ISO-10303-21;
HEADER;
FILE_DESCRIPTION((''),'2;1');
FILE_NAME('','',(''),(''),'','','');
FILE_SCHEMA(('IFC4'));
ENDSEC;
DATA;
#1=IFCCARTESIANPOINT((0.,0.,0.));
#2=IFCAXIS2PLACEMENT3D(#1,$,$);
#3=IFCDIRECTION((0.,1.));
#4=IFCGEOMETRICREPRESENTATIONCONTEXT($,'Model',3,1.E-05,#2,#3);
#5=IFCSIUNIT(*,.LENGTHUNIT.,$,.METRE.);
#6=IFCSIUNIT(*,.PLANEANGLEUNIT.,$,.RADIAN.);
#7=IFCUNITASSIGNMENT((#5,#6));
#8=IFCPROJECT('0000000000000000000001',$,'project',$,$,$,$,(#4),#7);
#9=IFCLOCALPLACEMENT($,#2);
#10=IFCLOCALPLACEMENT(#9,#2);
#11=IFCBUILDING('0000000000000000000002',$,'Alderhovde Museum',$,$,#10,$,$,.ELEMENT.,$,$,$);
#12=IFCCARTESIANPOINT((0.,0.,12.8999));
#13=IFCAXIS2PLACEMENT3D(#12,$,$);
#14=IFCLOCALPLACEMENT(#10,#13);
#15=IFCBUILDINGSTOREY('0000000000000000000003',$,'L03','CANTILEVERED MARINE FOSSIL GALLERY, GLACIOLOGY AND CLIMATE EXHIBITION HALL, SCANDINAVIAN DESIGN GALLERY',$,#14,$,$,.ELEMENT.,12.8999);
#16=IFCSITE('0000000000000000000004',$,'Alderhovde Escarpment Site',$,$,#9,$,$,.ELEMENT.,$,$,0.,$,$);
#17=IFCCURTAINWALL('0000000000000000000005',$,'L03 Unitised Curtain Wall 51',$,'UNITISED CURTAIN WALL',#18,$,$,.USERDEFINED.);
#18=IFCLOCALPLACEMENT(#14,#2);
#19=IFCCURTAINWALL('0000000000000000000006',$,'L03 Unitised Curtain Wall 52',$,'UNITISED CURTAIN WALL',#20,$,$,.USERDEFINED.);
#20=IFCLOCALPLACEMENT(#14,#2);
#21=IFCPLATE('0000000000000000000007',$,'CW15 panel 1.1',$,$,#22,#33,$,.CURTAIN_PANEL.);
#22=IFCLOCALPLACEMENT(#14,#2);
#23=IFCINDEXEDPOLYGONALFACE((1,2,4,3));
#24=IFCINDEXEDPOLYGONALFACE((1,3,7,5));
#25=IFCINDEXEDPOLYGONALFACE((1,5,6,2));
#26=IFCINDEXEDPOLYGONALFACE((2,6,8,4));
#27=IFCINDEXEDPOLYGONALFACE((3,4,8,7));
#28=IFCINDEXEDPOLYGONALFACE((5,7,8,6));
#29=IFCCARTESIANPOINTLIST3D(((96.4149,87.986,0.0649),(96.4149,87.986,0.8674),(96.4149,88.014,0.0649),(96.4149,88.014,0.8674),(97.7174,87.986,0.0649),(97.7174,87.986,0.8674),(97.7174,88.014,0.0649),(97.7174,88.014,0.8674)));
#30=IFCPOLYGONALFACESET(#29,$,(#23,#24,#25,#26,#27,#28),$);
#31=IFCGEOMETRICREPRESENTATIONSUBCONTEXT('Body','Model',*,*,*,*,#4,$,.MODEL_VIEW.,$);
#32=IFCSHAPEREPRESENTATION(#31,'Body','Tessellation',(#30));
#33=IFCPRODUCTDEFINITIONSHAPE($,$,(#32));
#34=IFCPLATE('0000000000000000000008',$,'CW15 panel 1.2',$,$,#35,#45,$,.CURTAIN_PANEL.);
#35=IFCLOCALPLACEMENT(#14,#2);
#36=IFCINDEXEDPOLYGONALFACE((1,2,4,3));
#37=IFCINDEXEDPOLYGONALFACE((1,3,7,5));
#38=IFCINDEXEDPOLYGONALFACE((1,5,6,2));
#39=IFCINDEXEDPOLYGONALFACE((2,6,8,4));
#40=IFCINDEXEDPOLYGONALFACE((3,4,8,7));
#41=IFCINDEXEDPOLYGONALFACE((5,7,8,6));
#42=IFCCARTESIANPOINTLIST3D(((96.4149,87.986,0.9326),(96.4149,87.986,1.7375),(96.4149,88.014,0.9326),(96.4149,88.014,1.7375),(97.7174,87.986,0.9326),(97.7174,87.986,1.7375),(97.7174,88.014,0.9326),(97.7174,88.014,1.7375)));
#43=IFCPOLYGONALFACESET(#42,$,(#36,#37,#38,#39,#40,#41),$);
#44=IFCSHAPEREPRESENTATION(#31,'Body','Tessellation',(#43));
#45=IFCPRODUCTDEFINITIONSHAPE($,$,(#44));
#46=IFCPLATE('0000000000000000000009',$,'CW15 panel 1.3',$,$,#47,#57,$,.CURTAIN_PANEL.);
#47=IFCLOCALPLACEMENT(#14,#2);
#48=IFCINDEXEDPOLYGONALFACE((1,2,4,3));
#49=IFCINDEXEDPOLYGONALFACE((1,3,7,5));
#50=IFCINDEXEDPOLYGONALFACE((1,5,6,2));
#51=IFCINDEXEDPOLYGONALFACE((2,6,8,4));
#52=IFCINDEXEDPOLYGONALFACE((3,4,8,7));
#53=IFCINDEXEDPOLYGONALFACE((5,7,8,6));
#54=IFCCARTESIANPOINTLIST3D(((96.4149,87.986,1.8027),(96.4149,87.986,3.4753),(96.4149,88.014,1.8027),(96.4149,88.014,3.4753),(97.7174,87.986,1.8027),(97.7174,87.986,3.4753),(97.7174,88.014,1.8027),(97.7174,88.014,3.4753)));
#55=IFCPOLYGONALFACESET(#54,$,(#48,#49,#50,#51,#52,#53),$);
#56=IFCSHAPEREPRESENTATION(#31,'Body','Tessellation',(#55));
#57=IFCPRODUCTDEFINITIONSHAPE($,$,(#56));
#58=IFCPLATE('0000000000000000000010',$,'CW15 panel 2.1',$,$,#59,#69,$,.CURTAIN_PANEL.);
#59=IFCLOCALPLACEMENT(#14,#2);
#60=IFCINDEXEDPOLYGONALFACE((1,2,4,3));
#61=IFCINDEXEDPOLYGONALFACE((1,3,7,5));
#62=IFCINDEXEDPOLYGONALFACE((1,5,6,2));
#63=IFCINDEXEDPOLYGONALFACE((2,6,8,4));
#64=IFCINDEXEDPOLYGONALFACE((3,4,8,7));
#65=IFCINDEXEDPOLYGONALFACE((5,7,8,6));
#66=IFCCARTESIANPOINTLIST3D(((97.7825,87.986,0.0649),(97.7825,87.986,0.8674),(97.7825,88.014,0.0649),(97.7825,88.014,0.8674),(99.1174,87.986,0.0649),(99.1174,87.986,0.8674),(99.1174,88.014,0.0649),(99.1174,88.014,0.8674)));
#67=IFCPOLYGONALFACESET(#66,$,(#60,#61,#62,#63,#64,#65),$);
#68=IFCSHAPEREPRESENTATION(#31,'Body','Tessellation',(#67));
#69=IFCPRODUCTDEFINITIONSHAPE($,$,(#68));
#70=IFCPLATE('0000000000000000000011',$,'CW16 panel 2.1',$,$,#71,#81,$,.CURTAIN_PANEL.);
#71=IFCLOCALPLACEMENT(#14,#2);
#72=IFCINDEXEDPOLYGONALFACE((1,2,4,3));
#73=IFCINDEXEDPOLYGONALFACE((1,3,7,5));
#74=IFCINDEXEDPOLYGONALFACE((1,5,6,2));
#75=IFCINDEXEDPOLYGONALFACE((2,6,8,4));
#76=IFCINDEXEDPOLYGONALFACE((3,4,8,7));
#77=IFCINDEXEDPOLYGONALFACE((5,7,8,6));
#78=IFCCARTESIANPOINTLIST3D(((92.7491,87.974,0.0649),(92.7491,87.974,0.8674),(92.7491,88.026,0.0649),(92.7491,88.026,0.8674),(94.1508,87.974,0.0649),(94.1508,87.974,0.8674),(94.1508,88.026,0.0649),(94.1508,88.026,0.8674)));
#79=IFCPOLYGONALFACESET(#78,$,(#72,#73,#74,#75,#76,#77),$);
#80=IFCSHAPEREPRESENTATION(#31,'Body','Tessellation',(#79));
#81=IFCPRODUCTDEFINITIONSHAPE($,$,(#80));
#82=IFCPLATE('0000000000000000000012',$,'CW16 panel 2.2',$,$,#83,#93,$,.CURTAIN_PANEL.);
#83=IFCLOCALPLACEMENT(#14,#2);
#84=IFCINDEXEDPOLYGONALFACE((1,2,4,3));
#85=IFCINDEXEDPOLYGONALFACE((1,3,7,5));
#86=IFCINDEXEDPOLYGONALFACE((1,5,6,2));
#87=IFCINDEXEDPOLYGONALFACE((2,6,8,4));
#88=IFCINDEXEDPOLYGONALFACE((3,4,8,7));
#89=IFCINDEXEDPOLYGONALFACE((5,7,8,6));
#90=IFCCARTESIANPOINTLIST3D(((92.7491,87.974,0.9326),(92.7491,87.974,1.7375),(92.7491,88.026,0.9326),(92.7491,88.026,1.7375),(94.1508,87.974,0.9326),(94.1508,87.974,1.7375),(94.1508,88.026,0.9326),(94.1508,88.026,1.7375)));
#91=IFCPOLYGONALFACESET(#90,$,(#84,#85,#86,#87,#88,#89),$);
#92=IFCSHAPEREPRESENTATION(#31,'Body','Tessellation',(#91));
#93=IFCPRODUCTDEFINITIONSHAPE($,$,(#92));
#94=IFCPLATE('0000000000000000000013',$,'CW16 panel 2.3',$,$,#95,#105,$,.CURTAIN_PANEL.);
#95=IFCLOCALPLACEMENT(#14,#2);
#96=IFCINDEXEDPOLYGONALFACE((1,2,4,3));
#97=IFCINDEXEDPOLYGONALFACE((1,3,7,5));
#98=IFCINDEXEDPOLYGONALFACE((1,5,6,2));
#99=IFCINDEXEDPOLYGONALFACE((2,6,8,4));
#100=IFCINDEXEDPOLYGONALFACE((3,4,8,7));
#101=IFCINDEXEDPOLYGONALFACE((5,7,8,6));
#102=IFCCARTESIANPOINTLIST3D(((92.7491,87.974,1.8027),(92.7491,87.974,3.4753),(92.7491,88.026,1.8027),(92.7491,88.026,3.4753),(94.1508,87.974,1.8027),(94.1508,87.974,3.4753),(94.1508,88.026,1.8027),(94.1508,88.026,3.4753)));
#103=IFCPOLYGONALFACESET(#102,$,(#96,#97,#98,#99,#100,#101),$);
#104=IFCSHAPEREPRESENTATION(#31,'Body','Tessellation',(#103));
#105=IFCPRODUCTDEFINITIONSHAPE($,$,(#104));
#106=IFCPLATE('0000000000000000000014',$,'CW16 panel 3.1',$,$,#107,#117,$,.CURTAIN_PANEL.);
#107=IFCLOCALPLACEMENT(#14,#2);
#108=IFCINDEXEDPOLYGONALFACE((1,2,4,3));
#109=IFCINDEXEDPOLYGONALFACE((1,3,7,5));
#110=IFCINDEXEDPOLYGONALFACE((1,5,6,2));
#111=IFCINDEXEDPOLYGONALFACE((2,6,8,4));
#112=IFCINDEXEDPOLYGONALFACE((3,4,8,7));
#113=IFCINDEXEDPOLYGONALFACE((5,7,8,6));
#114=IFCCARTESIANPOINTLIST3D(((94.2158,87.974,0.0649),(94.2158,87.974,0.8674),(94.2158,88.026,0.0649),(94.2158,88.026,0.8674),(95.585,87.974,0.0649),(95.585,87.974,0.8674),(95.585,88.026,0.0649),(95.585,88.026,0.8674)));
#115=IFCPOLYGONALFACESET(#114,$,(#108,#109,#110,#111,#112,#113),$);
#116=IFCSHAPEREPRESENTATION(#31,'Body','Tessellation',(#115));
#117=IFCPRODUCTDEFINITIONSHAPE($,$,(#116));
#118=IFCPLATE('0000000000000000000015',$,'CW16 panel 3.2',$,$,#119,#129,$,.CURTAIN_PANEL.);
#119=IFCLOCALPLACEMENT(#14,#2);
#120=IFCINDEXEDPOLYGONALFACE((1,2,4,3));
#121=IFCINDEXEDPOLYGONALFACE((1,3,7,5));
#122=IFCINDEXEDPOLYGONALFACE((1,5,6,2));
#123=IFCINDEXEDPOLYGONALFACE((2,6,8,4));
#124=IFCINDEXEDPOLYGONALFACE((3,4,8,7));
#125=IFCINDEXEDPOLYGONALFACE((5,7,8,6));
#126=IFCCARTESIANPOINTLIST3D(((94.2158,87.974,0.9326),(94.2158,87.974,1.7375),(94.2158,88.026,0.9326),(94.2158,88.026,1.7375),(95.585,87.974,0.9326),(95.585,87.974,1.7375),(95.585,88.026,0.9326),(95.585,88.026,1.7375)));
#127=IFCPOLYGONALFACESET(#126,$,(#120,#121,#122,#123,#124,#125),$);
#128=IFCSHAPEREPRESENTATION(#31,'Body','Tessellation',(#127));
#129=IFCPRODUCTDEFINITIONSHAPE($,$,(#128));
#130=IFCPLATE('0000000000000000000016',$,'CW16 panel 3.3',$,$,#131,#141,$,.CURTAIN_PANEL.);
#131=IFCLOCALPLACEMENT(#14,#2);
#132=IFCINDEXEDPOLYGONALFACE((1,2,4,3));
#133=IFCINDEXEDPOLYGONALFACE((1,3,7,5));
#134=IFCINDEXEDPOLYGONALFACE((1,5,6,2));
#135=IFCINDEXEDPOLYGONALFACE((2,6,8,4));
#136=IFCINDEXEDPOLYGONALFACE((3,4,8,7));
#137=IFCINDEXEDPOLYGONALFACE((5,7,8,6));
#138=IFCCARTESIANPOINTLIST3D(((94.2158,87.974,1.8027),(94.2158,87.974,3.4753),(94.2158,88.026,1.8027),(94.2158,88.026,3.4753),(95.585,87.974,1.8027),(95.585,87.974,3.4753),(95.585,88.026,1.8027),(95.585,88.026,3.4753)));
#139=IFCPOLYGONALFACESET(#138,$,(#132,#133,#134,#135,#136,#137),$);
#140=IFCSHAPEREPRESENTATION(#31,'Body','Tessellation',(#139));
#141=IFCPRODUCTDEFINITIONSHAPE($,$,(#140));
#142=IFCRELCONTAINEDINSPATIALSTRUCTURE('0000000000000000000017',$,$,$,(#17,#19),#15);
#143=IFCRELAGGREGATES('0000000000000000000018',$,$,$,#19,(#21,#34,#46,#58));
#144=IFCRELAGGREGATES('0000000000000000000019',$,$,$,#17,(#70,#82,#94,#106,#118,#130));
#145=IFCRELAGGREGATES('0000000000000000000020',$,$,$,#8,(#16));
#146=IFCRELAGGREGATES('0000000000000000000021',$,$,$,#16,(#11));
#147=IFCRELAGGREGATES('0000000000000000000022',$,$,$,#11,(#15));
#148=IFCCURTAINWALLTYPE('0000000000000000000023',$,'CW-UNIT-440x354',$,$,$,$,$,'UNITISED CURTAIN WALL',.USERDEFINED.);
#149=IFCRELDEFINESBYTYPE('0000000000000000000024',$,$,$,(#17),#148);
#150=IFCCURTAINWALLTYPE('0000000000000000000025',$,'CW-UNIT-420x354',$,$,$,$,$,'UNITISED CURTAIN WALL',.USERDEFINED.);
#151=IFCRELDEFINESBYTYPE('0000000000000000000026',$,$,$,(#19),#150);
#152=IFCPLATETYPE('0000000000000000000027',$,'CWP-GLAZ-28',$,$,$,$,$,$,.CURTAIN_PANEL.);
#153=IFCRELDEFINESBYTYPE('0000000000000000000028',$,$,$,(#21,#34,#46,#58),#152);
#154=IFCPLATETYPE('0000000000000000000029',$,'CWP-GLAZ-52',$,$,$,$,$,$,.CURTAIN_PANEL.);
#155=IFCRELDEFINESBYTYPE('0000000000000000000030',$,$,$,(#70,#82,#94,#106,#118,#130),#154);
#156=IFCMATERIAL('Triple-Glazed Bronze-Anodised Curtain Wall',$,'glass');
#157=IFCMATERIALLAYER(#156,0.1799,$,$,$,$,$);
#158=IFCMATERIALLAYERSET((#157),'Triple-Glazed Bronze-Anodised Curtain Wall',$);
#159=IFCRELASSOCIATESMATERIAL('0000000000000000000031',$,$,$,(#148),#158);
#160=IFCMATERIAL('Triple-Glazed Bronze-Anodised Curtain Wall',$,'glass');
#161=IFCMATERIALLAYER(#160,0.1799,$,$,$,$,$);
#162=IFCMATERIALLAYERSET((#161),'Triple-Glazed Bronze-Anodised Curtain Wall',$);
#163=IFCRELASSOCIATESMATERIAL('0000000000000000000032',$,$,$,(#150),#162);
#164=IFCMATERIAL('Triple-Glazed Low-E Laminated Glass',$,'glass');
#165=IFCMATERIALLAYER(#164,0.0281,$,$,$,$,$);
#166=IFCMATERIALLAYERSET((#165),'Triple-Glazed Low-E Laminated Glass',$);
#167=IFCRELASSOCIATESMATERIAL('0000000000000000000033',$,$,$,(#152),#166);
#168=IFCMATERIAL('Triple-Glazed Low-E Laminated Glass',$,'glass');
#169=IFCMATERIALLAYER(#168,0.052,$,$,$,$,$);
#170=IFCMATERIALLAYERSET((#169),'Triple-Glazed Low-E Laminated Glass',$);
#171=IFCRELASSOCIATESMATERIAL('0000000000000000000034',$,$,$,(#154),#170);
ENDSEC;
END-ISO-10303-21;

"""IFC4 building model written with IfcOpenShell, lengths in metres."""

from ifc_helpers import new_model, si_unit, direction, frame, origin, origin_2d, place, context, subcontext, project, spatial, rectangle, extrude, material, layer, layer_set, type_object, element, aggregate, save


model = new_model("IFC4")

# Units and contexts
model_context = context("Model", 3, precision=1e-05, world=origin(), true_north=direction((0.0, 1.0)))
body_context = subcontext(model_context, "Body", "Model", "MODEL_VIEW")
ifc_project = project(units=[si_unit("LENGTHUNIT", "METRE"), si_unit("PLANEANGLEUNIT", "RADIAN")], contexts=[model_context])

# Site, building, storey
site_placement = place(None, origin())
site = spatial("IfcSite", under=ifc_project, at=site_placement, Name="Alderhovde Escarpment Site", CompositionType="ELEMENT", RefElevation=0.0)
building_placement = place(site_placement, origin())
building = spatial("IfcBuilding", under=site, at=building_placement, Name="Alderhovde Museum", CompositionType="ELEMENT")
storey_placement = place(building_placement, frame((0.0, 0.0, 12.8999)))
storey = spatial("IfcBuildingStorey", under=building, at=storey_placement, Name="L03", Description="CANTILEVERED MARINE FOSSIL GALLERY, GLACIOLOGY AND CLIMATE EXHIBITION HALL, SCANDINAVIAN DESIGN GALLERY", CompositionType="ELEMENT", Elevation=12.8999)

# Curtain walls
ifc_material_1 = material(Name="Triple-Glazed Bronze-Anodised Curtain Wall", Category="glass")
ifc_layer_1 = layer(ifc_material_1, 0.1799)
ifc_layer_set_1 = layer_set([ifc_layer_1], Name="Triple-Glazed Bronze-Anodised Curtain Wall")
curtain_wall_type_1 = type_object("IfcCurtainWallType", Name="CW-UNIT-440x354", ElementType="UNITISED CURTAIN WALL", PredefinedType="USERDEFINED", material=ifc_layer_set_1)
curtain_wall_1_placement = place(storey_placement, origin())
curtain_wall_1 = element("IfcCurtainWall", 1, at=curtain_wall_1_placement, inside=storey, type_object=curtain_wall_type_1, Name="L03 Unitised Curtain Wall 51", ObjectType="UNITISED CURTAIN WALL", PredefinedType="USERDEFINED")
ifc_material_2 = material(Name="Triple-Glazed Bronze-Anodised Curtain Wall", Category="glass")
ifc_layer_2 = layer(ifc_material_2, 0.1799)
ifc_layer_set_2 = layer_set([ifc_layer_2], Name="Triple-Glazed Bronze-Anodised Curtain Wall")
curtain_wall_type_2 = type_object("IfcCurtainWallType", Name="CW-UNIT-420x354", ElementType="UNITISED CURTAIN WALL", PredefinedType="USERDEFINED", material=ifc_layer_set_2)
curtain_wall_2_placement = place(storey_placement, origin())
curtain_wall_2 = element("IfcCurtainWall", 2, at=curtain_wall_2_placement, inside=storey, type_object=curtain_wall_type_2, Name="L03 Unitised Curtain Wall 52", ObjectType="UNITISED CURTAIN WALL", PredefinedType="USERDEFINED")

# Plates
ifc_material_3 = material(Name="Triple-Glazed Low-E Laminated Glass", Category="glass")
ifc_layer_3 = layer(ifc_material_3, 0.0281)
ifc_layer_set_3 = layer_set([ifc_layer_3], Name="Triple-Glazed Low-E Laminated Glass")
plate_type_1 = type_object("IfcPlateType", Name="CWP-GLAZ-28", PredefinedType="CURTAIN_PANEL", material=ifc_layer_set_3)
plate_1_placement = place(storey_placement, frame((97.0662, 88.0, 0.0649), z_axis=(0.0, 0.0, 1.0), x_axis=(1.0, 0.0, 0.0)))
plate_1 = element("IfcPlate", 3, at=plate_1_placement, type_object=plate_type_1, Name="CW15 panel 1.1", PredefinedType="CURTAIN_PANEL", context=body_context, shape_type="SweptSolid", body=[
    extrude(rectangle(XDim=1.3025, YDim=0.0281, at=origin_2d()), origin(), (0.0, 0.0, 1.0), 0.8025),
])
plate_2_placement = place(storey_placement, frame((97.0662, 88.0, 0.9326), z_axis=(0.0, 0.0, 1.0), x_axis=(1.0, 0.0, 0.0)))
plate_2 = element("IfcPlate", 4, at=plate_2_placement, type_object=plate_type_1, Name="CW15 panel 1.2", PredefinedType="CURTAIN_PANEL", context=body_context, shape_type="SweptSolid", body=[
    extrude(rectangle(XDim=1.3025, YDim=0.0281, at=origin_2d()), origin(), (0.0, 0.0, 1.0), 0.8049),
])
plate_3_placement = place(storey_placement, frame((97.0662, 88.0, 1.8027), z_axis=(0.0, 0.0, 1.0), x_axis=(1.0, 0.0, 0.0)))
plate_3 = element("IfcPlate", 5, at=plate_3_placement, type_object=plate_type_1, Name="CW15 panel 1.3", PredefinedType="CURTAIN_PANEL", context=body_context, shape_type="SweptSolid", body=[
    extrude(rectangle(XDim=1.3025, YDim=0.0281, at=origin_2d()), origin(), (0.0, 0.0, 1.0), 1.6726),
])
plate_4_placement = place(storey_placement, frame((98.45, 88.0, 0.0649), z_axis=(0.0, 0.0, 1.0), x_axis=(1.0, 0.0, 0.0)))
plate_4 = element("IfcPlate", 6, at=plate_4_placement, type_object=plate_type_1, Name="CW15 panel 2.1", PredefinedType="CURTAIN_PANEL", context=body_context, shape_type="SweptSolid", body=[
    extrude(rectangle(XDim=1.335, YDim=0.0281, at=origin_2d()), origin(), (0.0, 0.0, 1.0), 0.8025),
])
aggregate(curtain_wall_2, [plate_1, plate_2, plate_3, plate_4])
ifc_material_4 = material(Name="Triple-Glazed Low-E Laminated Glass", Category="glass")
ifc_layer_4 = layer(ifc_material_4, 0.052)
ifc_layer_set_4 = layer_set([ifc_layer_4], Name="Triple-Glazed Low-E Laminated Glass")
plate_type_2 = type_object("IfcPlateType", Name="CWP-GLAZ-52", PredefinedType="CURTAIN_PANEL", material=ifc_layer_set_4)
plate_5_placement = place(storey_placement, frame((93.45, 88.0, 0.0649), z_axis=(0.0, 0.0, 1.0), x_axis=(1.0, 0.0, 0.0)))
plate_5 = element("IfcPlate", 7, at=plate_5_placement, type_object=plate_type_2, Name="CW16 panel 2.1", PredefinedType="CURTAIN_PANEL", context=body_context, shape_type="SweptSolid", body=[
    extrude(rectangle(XDim=1.4016, YDim=0.052, at=origin_2d()), origin(), (0.0, 0.0, 1.0), 0.8025),
])
plate_6_placement = place(storey_placement, frame((93.45, 88.0, 0.9326), z_axis=(0.0, 0.0, 1.0), x_axis=(1.0, 0.0, 0.0)))
plate_6 = element("IfcPlate", 8, at=plate_6_placement, type_object=plate_type_2, Name="CW16 panel 2.2", PredefinedType="CURTAIN_PANEL", context=body_context, shape_type="SweptSolid", body=[
    extrude(rectangle(XDim=1.4016, YDim=0.052, at=origin_2d()), origin(), (0.0, 0.0, 1.0), 0.8049),
])
plate_7_placement = place(storey_placement, frame((93.45, 88.0, 1.8027), z_axis=(0.0, 0.0, 1.0), x_axis=(1.0, 0.0, 0.0)))
plate_7 = element("IfcPlate", 9, at=plate_7_placement, type_object=plate_type_2, Name="CW16 panel 2.3", PredefinedType="CURTAIN_PANEL", context=body_context, shape_type="SweptSolid", body=[
    extrude(rectangle(XDim=1.4016, YDim=0.052, at=origin_2d()), origin(), (0.0, 0.0, 1.0), 1.6726),
])
plate_8_placement = place(storey_placement, frame((94.9004, 88.0, 0.0649), z_axis=(0.0, 0.0, 1.0), x_axis=(1.0, 0.0, 0.0)))
plate_8 = element("IfcPlate", 10, at=plate_8_placement, type_object=plate_type_2, Name="CW16 panel 3.1", PredefinedType="CURTAIN_PANEL", context=body_context, shape_type="SweptSolid", body=[
    extrude(rectangle(XDim=1.3691, YDim=0.052, at=origin_2d()), origin(), (0.0, 0.0, 1.0), 0.8025),
])
plate_9_placement = place(storey_placement, frame((94.9004, 88.0, 0.9326), z_axis=(0.0, 0.0, 1.0), x_axis=(1.0, 0.0, 0.0)))
plate_9 = element("IfcPlate", 11, at=plate_9_placement, type_object=plate_type_2, Name="CW16 panel 3.2", PredefinedType="CURTAIN_PANEL", context=body_context, shape_type="SweptSolid", body=[
    extrude(rectangle(XDim=1.3691, YDim=0.052, at=origin_2d()), origin(), (0.0, 0.0, 1.0), 0.8049),
])
plate_10_placement = place(storey_placement, frame((94.9004, 88.0, 1.8027), z_axis=(0.0, 0.0, 1.0), x_axis=(1.0, 0.0, 0.0)))
plate_10 = element("IfcPlate", 12, at=plate_10_placement, type_object=plate_type_2, Name="CW16 panel 3.3", PredefinedType="CURTAIN_PANEL", context=body_context, shape_type="SweptSolid", body=[
    extrude(rectangle(XDim=1.3691, YDim=0.052, at=origin_2d()), origin(), (0.0, 0.0, 1.0), 1.6726),
])
aggregate(curtain_wall_1, [plate_5, plate_6, plate_7, plate_8, plate_9, plate_10])

save(model, "model.ifc")
